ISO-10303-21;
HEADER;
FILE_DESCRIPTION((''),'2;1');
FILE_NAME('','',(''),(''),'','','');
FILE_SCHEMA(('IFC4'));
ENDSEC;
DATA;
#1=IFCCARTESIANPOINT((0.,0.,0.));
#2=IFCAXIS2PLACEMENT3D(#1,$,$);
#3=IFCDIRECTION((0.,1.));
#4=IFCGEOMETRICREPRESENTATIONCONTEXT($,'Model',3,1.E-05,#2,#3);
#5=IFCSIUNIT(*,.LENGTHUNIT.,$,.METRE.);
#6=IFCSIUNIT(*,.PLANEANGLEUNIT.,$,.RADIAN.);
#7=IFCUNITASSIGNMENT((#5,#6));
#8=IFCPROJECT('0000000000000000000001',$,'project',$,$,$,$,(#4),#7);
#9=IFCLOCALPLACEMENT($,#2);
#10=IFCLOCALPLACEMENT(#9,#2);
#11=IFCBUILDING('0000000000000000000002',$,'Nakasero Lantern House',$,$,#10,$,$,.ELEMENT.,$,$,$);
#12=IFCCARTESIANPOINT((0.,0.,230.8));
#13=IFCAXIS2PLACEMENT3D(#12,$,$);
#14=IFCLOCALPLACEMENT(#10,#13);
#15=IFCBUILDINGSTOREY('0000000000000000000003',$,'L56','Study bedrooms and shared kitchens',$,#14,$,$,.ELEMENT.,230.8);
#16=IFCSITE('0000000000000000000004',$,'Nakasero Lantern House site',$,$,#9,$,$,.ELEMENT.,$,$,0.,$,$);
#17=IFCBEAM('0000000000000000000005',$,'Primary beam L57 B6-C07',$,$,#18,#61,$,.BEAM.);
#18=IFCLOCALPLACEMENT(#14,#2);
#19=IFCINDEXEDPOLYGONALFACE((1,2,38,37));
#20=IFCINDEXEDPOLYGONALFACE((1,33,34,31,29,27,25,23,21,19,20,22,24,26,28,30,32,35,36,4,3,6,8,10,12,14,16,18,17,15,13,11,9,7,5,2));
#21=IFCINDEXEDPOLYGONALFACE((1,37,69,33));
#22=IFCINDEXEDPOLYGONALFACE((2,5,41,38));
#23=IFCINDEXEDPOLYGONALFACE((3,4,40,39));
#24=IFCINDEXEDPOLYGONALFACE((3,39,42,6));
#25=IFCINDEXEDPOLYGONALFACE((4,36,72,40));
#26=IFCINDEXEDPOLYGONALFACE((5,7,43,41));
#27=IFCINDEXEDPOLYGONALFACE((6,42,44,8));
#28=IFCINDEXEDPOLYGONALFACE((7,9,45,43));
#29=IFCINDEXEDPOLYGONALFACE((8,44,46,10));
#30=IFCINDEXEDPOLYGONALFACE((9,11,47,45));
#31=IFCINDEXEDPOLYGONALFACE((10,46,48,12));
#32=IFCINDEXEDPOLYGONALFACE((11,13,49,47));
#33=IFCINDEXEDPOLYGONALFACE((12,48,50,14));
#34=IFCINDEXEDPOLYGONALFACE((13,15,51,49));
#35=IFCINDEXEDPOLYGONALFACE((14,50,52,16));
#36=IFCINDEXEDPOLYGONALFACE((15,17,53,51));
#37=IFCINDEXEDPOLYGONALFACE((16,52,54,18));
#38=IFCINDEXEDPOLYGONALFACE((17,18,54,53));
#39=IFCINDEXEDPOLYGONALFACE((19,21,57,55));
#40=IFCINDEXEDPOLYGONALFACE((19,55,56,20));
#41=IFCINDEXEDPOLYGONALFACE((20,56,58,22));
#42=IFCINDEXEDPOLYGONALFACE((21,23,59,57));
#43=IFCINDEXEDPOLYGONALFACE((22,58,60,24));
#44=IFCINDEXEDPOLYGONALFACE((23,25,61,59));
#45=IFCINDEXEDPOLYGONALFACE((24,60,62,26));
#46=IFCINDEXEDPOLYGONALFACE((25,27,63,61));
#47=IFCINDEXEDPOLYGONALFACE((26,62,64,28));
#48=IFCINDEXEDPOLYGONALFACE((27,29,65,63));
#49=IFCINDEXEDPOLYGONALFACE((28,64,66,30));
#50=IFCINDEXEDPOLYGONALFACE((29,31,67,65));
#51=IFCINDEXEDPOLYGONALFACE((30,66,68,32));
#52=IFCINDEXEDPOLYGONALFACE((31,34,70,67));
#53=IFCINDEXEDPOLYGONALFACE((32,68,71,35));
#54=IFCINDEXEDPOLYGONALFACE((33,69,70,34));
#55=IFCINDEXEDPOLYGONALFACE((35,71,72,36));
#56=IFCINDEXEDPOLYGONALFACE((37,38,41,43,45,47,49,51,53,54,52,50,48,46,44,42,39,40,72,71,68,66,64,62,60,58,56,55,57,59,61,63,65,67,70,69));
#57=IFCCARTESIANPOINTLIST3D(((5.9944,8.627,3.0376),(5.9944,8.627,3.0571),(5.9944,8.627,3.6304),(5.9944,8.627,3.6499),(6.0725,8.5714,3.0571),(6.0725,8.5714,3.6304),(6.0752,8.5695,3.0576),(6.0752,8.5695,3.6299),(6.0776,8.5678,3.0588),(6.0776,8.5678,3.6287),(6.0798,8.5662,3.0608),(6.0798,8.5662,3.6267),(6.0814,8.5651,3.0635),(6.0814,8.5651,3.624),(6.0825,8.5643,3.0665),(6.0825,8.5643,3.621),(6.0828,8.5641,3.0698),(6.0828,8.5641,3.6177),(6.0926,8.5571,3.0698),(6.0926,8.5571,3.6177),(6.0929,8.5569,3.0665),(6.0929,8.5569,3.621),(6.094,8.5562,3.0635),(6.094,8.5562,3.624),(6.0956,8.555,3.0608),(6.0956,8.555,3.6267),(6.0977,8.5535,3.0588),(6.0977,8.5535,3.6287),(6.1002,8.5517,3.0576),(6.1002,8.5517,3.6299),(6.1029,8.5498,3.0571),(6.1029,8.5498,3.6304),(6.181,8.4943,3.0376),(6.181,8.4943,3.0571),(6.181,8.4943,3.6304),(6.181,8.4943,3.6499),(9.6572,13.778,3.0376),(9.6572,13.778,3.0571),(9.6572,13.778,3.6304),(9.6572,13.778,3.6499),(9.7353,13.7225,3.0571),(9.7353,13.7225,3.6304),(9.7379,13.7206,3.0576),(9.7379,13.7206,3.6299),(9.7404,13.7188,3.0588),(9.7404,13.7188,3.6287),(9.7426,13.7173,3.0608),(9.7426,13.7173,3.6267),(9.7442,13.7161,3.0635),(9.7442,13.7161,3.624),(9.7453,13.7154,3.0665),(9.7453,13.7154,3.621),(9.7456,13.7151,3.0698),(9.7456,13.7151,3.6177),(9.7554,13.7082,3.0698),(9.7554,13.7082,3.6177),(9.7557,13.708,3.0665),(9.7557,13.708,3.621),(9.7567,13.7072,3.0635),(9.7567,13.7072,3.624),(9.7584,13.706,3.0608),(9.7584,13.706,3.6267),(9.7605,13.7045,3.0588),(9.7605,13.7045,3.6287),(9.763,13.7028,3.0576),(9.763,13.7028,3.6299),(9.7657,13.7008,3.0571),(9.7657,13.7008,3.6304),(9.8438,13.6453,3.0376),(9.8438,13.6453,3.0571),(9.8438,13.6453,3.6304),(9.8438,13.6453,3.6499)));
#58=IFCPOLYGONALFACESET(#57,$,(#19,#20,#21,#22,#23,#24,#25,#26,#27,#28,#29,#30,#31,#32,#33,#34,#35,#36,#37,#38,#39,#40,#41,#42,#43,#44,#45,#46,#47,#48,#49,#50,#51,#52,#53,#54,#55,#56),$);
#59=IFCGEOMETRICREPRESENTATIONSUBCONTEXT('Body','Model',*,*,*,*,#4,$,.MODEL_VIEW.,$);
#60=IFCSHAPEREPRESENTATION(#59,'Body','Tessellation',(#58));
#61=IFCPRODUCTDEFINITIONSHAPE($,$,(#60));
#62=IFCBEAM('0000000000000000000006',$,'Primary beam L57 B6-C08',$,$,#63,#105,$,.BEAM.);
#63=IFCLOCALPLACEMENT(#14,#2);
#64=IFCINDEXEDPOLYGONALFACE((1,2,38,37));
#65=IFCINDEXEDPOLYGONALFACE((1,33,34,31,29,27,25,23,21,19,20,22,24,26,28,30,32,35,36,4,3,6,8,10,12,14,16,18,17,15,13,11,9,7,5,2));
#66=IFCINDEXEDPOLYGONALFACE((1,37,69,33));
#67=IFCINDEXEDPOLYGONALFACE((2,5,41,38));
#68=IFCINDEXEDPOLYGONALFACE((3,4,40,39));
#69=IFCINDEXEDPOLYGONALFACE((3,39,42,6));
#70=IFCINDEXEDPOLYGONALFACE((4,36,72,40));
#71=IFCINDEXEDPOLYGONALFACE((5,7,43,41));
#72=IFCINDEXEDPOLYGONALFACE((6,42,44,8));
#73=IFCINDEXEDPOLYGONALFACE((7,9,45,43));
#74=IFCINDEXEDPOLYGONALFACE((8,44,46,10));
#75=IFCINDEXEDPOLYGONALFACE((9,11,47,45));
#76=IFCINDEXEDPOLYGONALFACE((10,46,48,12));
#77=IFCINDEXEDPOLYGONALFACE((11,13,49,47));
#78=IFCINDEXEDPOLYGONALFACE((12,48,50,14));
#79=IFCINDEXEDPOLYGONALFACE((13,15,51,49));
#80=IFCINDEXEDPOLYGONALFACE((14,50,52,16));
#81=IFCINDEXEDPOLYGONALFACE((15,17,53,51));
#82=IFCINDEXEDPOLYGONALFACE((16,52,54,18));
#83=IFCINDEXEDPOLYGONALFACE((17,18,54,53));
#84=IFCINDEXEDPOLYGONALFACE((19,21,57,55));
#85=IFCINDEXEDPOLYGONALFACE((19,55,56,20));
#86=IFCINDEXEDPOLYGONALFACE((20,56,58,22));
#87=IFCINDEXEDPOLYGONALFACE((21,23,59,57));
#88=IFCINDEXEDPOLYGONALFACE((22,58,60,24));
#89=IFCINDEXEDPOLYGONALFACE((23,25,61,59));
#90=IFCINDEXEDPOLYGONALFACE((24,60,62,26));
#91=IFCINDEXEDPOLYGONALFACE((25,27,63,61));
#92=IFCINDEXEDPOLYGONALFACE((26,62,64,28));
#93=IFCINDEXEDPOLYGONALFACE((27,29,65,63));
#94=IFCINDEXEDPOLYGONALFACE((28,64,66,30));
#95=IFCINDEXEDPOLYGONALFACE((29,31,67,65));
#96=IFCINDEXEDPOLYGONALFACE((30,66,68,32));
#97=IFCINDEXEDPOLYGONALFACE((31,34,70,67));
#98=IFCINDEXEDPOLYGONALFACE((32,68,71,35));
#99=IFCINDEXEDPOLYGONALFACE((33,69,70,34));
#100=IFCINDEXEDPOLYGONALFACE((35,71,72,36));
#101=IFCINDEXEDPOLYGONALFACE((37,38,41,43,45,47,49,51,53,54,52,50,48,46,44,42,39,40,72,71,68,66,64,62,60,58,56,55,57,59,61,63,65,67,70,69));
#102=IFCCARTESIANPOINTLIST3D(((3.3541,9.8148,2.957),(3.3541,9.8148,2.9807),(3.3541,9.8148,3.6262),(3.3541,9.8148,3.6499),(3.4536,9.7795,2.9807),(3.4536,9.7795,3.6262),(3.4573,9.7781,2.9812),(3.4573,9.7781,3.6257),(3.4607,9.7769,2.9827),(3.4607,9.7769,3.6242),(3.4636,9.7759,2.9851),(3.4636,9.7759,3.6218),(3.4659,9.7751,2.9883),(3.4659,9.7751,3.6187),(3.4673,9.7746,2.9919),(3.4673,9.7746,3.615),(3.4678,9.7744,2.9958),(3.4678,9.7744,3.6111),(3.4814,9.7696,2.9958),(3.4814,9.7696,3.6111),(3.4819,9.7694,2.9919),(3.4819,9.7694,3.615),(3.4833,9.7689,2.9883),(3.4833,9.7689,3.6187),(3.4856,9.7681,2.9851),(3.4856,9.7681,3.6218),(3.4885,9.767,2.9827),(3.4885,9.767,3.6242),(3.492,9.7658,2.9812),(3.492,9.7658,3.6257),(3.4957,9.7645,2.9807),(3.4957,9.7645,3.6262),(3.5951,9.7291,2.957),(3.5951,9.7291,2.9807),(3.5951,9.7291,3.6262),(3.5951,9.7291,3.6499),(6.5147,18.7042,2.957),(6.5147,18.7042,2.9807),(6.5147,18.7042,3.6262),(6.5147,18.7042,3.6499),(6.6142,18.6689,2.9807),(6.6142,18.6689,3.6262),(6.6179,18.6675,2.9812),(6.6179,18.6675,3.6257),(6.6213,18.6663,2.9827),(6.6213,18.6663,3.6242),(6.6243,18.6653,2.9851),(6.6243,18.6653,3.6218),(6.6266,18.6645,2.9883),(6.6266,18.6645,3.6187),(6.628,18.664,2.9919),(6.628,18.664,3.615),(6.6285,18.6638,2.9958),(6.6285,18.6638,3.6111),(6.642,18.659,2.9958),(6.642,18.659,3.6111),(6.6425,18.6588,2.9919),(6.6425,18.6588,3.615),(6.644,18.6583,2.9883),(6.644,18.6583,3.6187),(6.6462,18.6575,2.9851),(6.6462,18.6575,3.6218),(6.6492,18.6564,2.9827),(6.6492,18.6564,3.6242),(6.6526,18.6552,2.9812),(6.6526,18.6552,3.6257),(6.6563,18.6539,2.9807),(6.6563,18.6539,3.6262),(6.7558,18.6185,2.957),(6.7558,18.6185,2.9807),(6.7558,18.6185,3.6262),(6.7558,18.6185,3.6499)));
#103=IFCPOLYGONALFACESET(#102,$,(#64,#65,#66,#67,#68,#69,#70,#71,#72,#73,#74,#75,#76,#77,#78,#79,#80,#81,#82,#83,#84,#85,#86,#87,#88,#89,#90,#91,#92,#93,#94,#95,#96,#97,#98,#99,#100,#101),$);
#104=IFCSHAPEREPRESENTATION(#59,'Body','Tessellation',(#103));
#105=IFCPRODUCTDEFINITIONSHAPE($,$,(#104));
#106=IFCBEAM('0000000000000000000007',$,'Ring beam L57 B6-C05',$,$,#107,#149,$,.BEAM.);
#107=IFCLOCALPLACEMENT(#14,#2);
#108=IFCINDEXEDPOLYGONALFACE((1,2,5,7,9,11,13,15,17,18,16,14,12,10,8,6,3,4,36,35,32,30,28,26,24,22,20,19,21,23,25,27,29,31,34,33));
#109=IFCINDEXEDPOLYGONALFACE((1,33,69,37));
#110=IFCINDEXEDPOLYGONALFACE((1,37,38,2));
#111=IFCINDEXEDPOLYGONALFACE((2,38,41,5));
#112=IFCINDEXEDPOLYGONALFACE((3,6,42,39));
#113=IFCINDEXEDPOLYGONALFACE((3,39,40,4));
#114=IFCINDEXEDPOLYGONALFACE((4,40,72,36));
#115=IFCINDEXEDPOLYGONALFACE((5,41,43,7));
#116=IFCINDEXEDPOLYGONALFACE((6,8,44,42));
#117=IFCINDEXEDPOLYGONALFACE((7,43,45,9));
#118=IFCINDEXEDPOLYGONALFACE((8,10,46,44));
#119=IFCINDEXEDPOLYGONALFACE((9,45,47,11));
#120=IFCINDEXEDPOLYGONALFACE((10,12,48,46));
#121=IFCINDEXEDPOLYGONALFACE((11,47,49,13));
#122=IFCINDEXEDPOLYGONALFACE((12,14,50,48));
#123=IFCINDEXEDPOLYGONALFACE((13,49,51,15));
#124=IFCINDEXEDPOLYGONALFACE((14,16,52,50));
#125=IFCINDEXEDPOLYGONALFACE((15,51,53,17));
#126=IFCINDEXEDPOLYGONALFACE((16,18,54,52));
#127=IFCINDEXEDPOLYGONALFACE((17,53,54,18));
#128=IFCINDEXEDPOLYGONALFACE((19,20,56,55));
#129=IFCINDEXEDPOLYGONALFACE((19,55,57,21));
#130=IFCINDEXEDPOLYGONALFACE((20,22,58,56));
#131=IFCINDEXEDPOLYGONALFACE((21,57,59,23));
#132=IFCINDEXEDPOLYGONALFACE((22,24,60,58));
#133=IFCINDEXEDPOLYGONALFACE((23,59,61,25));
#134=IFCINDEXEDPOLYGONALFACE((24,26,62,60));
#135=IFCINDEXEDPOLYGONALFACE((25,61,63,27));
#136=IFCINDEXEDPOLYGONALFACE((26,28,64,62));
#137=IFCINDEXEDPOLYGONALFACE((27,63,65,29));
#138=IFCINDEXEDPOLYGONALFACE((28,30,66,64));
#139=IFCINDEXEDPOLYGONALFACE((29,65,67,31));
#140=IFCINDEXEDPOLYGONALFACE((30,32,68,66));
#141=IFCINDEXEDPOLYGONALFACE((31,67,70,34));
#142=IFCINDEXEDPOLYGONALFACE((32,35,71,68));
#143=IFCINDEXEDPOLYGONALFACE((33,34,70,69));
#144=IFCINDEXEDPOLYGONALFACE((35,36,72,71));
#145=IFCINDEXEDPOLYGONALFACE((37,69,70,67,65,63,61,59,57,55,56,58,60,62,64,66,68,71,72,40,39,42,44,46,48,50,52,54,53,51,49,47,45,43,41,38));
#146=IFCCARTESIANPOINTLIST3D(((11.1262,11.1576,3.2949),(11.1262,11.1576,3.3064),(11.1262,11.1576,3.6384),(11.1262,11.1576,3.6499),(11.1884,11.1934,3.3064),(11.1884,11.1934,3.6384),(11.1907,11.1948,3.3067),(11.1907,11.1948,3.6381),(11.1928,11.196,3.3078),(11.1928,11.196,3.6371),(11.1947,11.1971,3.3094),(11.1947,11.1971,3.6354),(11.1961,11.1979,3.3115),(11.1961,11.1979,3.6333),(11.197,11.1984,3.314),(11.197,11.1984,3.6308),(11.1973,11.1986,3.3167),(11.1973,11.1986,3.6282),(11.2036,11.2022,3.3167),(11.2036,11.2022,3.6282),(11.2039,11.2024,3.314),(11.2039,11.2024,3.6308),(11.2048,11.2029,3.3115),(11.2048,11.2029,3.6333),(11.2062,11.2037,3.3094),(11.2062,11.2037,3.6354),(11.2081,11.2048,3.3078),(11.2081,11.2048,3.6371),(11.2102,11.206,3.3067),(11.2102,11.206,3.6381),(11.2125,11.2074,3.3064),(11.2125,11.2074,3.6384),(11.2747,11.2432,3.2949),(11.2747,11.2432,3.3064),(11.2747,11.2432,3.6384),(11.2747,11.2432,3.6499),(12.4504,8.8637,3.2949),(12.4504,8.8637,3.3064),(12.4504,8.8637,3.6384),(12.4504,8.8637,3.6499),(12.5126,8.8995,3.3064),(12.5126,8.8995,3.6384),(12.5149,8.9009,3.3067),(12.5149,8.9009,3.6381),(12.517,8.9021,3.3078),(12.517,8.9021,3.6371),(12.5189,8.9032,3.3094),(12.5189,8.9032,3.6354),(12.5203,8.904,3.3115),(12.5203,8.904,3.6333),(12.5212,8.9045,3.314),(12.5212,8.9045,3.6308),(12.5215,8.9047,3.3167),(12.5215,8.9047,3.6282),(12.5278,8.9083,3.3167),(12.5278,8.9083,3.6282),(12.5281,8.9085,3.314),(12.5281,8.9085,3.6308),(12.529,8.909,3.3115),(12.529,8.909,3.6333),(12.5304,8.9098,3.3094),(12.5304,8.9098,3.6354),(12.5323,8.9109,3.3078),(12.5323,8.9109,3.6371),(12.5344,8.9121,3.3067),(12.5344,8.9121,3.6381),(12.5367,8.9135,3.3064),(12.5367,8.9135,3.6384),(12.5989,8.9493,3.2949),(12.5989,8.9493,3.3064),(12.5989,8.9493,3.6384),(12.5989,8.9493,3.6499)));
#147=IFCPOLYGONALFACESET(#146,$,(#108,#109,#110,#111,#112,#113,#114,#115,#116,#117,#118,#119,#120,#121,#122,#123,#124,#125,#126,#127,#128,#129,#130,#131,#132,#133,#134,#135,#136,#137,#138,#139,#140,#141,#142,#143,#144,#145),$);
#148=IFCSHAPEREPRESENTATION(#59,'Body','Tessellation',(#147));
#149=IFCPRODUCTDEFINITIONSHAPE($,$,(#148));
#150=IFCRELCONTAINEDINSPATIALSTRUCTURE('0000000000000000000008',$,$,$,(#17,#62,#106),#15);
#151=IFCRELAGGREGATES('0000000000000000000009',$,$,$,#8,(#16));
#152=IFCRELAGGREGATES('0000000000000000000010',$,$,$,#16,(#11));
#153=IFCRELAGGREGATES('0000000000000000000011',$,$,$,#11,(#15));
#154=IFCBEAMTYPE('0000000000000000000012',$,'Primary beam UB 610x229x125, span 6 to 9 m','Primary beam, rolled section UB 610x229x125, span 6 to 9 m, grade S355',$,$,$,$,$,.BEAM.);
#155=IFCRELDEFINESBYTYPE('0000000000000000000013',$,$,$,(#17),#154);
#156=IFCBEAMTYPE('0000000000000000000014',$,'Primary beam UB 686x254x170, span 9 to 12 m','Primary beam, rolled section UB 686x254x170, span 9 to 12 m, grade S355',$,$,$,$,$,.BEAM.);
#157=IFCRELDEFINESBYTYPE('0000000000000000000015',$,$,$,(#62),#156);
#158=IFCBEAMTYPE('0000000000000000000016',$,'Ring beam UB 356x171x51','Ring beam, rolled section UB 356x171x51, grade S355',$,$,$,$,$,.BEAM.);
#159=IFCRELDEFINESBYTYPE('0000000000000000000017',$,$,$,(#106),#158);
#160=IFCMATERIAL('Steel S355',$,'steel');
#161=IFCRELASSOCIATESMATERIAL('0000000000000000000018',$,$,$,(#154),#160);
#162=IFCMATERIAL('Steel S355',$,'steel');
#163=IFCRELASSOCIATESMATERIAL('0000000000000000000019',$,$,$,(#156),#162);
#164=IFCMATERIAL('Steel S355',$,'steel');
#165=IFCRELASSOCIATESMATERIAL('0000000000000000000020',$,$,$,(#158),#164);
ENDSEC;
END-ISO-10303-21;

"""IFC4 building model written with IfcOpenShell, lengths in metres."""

from ifc_helpers import new_model, si_unit, direction, frame, origin, origin_2d, place, context, subcontext, project, spatial, i_section, extrude, material, material_profile, profile_set, type_object, element, save


model = new_model("IFC4")

# Units and contexts
model_context = context("Model", 3, precision=1e-05, world=origin(), true_north=direction((0.0, 1.0)))
body_context = subcontext(model_context, "Body", "Model", "MODEL_VIEW")
ifc_project = project(units=[si_unit("LENGTHUNIT", "METRE"), si_unit("PLANEANGLEUNIT", "RADIAN")], contexts=[model_context])

# Site, building, storey
site_placement = place(None, origin())
site = spatial("IfcSite", under=ifc_project, at=site_placement, Name="Nakasero Lantern House site", CompositionType="ELEMENT", RefElevation=0.0)
building_placement = place(site_placement, origin())
building = spatial("IfcBuilding", under=site, at=building_placement, Name="Nakasero Lantern House", CompositionType="ELEMENT")
storey_placement = place(building_placement, frame((0.0, 0.0, 230.8)))
storey = spatial("IfcBuildingStorey", under=building, at=storey_placement, Name="L56", Description="Study bedrooms and shared kitchens", CompositionType="ELEMENT", Elevation=230.8)

# Beams
ifc_material_1 = material(Name="Steel S355", Category="steel")
ifc_material_profile_1 = material_profile(ifc_material_1, i_section(OverallWidth=0.229, OverallDepth=0.6123, WebThickness=0.012, FlangeThickness=0.0195, FilletRadius=0.0127, at=origin_2d()), Name="UB 610x229x125")
ifc_profile_set_1 = profile_set([ifc_material_profile_1], Name="Steel S355")
beam_type_1 = type_object("IfcBeamType", Name="Primary beam UB 610x229x125, span 6 to 9 m", Description="Primary beam, rolled section UB 610x229x125, span 6 to 9 m, grade S355", PredefinedType="BEAM", material=ifc_profile_set_1)
beam_1_placement = place(storey_placement, frame((9.7505, 13.7117, 3.3438), z_axis=(-0.579505, -0.814969, 0.0), x_axis=(0.814969, -0.579505, 0.0)))
element("IfcBeam", 1, at=beam_1_placement, inside=storey, type_object=beam_type_1, Name="Primary beam L57 B6-C07", PredefinedType="BEAM", context=body_context, shape_type="SweptSolid", body=[
    extrude(i_section(OverallWidth=0.229, OverallDepth=0.6123, WebThickness=0.012, FlangeThickness=0.0195, FilletRadius=0.0127, at=origin_2d()), origin(), (0.0, 0.0, 1.0), 6.3206),
])
ifc_material_2 = material(Name="Steel S355", Category="steel")
ifc_material_profile_2 = material_profile(ifc_material_2, i_section(OverallWidth=0.2559, OverallDepth=0.6929, WebThickness=0.0144, FlangeThickness=0.0237, FilletRadius=0.0151, at=origin_2d()), Name="UB 686x254x170")
ifc_profile_set_2 = profile_set([ifc_material_profile_2], Name="Steel S355")
beam_type_2 = type_object("IfcBeamType", Name="Primary beam UB 686x254x170, span 9 to 12 m", Description="Primary beam, rolled section UB 686x254x170, span 9 to 12 m, grade S355", PredefinedType="BEAM", material=ifc_profile_set_2)
beam_2_placement = place(storey_placement, frame((6.6353, 18.6614, 3.3035), z_axis=(-0.335007, -0.942216, 0.0), x_axis=(0.942216, -0.335007, 0.0)))
element("IfcBeam", 2, at=beam_2_placement, inside=storey, type_object=beam_type_2, Name="Primary beam L57 B6-C08", PredefinedType="BEAM", context=body_context, shape_type="SweptSolid", body=[
    extrude(i_section(OverallWidth=0.2559, OverallDepth=0.6929, WebThickness=0.0144, FlangeThickness=0.0237, FilletRadius=0.0151, at=origin_2d()), origin(), (0.0, 0.0, 1.0), 9.4346),
])
ifc_material_3 = material(Name="Steel S355", Category="steel")
ifc_material_profile_3 = material_profile(ifc_material_3, i_section(OverallWidth=0.1714, OverallDepth=0.355, WebThickness=0.0073, FlangeThickness=0.0115, FilletRadius=0.0103, at=origin_2d()), Name="UB 356x171x51")
ifc_profile_set_3 = profile_set([ifc_material_profile_3], Name="Steel S355")
beam_type_3 = type_object("IfcBeamType", Name="Ring beam UB 356x171x51", Description="Ring beam, rolled section UB 356x171x51, grade S355", PredefinedType="BEAM", material=ifc_profile_set_3)
beam_3_placement = place(storey_placement, frame((12.5247, 8.9065, 3.4724), z_axis=(-0.499946, 0.866057, 0.0), x_axis=(-0.866057, -0.499946, 0.0)))
element("IfcBeam", 3, at=beam_3_placement, inside=storey, type_object=beam_type_3, Name="Ring beam L57 B6-C05", PredefinedType="BEAM", context=body_context, shape_type="SweptSolid", body=[
    extrude(i_section(OverallWidth=0.1714, OverallDepth=0.355, WebThickness=0.0073, FlangeThickness=0.0115, FilletRadius=0.0103, at=origin_2d()), origin(), (0.0, 0.0, 1.0), 2.6487),
])

save(model, "model.ifc")
